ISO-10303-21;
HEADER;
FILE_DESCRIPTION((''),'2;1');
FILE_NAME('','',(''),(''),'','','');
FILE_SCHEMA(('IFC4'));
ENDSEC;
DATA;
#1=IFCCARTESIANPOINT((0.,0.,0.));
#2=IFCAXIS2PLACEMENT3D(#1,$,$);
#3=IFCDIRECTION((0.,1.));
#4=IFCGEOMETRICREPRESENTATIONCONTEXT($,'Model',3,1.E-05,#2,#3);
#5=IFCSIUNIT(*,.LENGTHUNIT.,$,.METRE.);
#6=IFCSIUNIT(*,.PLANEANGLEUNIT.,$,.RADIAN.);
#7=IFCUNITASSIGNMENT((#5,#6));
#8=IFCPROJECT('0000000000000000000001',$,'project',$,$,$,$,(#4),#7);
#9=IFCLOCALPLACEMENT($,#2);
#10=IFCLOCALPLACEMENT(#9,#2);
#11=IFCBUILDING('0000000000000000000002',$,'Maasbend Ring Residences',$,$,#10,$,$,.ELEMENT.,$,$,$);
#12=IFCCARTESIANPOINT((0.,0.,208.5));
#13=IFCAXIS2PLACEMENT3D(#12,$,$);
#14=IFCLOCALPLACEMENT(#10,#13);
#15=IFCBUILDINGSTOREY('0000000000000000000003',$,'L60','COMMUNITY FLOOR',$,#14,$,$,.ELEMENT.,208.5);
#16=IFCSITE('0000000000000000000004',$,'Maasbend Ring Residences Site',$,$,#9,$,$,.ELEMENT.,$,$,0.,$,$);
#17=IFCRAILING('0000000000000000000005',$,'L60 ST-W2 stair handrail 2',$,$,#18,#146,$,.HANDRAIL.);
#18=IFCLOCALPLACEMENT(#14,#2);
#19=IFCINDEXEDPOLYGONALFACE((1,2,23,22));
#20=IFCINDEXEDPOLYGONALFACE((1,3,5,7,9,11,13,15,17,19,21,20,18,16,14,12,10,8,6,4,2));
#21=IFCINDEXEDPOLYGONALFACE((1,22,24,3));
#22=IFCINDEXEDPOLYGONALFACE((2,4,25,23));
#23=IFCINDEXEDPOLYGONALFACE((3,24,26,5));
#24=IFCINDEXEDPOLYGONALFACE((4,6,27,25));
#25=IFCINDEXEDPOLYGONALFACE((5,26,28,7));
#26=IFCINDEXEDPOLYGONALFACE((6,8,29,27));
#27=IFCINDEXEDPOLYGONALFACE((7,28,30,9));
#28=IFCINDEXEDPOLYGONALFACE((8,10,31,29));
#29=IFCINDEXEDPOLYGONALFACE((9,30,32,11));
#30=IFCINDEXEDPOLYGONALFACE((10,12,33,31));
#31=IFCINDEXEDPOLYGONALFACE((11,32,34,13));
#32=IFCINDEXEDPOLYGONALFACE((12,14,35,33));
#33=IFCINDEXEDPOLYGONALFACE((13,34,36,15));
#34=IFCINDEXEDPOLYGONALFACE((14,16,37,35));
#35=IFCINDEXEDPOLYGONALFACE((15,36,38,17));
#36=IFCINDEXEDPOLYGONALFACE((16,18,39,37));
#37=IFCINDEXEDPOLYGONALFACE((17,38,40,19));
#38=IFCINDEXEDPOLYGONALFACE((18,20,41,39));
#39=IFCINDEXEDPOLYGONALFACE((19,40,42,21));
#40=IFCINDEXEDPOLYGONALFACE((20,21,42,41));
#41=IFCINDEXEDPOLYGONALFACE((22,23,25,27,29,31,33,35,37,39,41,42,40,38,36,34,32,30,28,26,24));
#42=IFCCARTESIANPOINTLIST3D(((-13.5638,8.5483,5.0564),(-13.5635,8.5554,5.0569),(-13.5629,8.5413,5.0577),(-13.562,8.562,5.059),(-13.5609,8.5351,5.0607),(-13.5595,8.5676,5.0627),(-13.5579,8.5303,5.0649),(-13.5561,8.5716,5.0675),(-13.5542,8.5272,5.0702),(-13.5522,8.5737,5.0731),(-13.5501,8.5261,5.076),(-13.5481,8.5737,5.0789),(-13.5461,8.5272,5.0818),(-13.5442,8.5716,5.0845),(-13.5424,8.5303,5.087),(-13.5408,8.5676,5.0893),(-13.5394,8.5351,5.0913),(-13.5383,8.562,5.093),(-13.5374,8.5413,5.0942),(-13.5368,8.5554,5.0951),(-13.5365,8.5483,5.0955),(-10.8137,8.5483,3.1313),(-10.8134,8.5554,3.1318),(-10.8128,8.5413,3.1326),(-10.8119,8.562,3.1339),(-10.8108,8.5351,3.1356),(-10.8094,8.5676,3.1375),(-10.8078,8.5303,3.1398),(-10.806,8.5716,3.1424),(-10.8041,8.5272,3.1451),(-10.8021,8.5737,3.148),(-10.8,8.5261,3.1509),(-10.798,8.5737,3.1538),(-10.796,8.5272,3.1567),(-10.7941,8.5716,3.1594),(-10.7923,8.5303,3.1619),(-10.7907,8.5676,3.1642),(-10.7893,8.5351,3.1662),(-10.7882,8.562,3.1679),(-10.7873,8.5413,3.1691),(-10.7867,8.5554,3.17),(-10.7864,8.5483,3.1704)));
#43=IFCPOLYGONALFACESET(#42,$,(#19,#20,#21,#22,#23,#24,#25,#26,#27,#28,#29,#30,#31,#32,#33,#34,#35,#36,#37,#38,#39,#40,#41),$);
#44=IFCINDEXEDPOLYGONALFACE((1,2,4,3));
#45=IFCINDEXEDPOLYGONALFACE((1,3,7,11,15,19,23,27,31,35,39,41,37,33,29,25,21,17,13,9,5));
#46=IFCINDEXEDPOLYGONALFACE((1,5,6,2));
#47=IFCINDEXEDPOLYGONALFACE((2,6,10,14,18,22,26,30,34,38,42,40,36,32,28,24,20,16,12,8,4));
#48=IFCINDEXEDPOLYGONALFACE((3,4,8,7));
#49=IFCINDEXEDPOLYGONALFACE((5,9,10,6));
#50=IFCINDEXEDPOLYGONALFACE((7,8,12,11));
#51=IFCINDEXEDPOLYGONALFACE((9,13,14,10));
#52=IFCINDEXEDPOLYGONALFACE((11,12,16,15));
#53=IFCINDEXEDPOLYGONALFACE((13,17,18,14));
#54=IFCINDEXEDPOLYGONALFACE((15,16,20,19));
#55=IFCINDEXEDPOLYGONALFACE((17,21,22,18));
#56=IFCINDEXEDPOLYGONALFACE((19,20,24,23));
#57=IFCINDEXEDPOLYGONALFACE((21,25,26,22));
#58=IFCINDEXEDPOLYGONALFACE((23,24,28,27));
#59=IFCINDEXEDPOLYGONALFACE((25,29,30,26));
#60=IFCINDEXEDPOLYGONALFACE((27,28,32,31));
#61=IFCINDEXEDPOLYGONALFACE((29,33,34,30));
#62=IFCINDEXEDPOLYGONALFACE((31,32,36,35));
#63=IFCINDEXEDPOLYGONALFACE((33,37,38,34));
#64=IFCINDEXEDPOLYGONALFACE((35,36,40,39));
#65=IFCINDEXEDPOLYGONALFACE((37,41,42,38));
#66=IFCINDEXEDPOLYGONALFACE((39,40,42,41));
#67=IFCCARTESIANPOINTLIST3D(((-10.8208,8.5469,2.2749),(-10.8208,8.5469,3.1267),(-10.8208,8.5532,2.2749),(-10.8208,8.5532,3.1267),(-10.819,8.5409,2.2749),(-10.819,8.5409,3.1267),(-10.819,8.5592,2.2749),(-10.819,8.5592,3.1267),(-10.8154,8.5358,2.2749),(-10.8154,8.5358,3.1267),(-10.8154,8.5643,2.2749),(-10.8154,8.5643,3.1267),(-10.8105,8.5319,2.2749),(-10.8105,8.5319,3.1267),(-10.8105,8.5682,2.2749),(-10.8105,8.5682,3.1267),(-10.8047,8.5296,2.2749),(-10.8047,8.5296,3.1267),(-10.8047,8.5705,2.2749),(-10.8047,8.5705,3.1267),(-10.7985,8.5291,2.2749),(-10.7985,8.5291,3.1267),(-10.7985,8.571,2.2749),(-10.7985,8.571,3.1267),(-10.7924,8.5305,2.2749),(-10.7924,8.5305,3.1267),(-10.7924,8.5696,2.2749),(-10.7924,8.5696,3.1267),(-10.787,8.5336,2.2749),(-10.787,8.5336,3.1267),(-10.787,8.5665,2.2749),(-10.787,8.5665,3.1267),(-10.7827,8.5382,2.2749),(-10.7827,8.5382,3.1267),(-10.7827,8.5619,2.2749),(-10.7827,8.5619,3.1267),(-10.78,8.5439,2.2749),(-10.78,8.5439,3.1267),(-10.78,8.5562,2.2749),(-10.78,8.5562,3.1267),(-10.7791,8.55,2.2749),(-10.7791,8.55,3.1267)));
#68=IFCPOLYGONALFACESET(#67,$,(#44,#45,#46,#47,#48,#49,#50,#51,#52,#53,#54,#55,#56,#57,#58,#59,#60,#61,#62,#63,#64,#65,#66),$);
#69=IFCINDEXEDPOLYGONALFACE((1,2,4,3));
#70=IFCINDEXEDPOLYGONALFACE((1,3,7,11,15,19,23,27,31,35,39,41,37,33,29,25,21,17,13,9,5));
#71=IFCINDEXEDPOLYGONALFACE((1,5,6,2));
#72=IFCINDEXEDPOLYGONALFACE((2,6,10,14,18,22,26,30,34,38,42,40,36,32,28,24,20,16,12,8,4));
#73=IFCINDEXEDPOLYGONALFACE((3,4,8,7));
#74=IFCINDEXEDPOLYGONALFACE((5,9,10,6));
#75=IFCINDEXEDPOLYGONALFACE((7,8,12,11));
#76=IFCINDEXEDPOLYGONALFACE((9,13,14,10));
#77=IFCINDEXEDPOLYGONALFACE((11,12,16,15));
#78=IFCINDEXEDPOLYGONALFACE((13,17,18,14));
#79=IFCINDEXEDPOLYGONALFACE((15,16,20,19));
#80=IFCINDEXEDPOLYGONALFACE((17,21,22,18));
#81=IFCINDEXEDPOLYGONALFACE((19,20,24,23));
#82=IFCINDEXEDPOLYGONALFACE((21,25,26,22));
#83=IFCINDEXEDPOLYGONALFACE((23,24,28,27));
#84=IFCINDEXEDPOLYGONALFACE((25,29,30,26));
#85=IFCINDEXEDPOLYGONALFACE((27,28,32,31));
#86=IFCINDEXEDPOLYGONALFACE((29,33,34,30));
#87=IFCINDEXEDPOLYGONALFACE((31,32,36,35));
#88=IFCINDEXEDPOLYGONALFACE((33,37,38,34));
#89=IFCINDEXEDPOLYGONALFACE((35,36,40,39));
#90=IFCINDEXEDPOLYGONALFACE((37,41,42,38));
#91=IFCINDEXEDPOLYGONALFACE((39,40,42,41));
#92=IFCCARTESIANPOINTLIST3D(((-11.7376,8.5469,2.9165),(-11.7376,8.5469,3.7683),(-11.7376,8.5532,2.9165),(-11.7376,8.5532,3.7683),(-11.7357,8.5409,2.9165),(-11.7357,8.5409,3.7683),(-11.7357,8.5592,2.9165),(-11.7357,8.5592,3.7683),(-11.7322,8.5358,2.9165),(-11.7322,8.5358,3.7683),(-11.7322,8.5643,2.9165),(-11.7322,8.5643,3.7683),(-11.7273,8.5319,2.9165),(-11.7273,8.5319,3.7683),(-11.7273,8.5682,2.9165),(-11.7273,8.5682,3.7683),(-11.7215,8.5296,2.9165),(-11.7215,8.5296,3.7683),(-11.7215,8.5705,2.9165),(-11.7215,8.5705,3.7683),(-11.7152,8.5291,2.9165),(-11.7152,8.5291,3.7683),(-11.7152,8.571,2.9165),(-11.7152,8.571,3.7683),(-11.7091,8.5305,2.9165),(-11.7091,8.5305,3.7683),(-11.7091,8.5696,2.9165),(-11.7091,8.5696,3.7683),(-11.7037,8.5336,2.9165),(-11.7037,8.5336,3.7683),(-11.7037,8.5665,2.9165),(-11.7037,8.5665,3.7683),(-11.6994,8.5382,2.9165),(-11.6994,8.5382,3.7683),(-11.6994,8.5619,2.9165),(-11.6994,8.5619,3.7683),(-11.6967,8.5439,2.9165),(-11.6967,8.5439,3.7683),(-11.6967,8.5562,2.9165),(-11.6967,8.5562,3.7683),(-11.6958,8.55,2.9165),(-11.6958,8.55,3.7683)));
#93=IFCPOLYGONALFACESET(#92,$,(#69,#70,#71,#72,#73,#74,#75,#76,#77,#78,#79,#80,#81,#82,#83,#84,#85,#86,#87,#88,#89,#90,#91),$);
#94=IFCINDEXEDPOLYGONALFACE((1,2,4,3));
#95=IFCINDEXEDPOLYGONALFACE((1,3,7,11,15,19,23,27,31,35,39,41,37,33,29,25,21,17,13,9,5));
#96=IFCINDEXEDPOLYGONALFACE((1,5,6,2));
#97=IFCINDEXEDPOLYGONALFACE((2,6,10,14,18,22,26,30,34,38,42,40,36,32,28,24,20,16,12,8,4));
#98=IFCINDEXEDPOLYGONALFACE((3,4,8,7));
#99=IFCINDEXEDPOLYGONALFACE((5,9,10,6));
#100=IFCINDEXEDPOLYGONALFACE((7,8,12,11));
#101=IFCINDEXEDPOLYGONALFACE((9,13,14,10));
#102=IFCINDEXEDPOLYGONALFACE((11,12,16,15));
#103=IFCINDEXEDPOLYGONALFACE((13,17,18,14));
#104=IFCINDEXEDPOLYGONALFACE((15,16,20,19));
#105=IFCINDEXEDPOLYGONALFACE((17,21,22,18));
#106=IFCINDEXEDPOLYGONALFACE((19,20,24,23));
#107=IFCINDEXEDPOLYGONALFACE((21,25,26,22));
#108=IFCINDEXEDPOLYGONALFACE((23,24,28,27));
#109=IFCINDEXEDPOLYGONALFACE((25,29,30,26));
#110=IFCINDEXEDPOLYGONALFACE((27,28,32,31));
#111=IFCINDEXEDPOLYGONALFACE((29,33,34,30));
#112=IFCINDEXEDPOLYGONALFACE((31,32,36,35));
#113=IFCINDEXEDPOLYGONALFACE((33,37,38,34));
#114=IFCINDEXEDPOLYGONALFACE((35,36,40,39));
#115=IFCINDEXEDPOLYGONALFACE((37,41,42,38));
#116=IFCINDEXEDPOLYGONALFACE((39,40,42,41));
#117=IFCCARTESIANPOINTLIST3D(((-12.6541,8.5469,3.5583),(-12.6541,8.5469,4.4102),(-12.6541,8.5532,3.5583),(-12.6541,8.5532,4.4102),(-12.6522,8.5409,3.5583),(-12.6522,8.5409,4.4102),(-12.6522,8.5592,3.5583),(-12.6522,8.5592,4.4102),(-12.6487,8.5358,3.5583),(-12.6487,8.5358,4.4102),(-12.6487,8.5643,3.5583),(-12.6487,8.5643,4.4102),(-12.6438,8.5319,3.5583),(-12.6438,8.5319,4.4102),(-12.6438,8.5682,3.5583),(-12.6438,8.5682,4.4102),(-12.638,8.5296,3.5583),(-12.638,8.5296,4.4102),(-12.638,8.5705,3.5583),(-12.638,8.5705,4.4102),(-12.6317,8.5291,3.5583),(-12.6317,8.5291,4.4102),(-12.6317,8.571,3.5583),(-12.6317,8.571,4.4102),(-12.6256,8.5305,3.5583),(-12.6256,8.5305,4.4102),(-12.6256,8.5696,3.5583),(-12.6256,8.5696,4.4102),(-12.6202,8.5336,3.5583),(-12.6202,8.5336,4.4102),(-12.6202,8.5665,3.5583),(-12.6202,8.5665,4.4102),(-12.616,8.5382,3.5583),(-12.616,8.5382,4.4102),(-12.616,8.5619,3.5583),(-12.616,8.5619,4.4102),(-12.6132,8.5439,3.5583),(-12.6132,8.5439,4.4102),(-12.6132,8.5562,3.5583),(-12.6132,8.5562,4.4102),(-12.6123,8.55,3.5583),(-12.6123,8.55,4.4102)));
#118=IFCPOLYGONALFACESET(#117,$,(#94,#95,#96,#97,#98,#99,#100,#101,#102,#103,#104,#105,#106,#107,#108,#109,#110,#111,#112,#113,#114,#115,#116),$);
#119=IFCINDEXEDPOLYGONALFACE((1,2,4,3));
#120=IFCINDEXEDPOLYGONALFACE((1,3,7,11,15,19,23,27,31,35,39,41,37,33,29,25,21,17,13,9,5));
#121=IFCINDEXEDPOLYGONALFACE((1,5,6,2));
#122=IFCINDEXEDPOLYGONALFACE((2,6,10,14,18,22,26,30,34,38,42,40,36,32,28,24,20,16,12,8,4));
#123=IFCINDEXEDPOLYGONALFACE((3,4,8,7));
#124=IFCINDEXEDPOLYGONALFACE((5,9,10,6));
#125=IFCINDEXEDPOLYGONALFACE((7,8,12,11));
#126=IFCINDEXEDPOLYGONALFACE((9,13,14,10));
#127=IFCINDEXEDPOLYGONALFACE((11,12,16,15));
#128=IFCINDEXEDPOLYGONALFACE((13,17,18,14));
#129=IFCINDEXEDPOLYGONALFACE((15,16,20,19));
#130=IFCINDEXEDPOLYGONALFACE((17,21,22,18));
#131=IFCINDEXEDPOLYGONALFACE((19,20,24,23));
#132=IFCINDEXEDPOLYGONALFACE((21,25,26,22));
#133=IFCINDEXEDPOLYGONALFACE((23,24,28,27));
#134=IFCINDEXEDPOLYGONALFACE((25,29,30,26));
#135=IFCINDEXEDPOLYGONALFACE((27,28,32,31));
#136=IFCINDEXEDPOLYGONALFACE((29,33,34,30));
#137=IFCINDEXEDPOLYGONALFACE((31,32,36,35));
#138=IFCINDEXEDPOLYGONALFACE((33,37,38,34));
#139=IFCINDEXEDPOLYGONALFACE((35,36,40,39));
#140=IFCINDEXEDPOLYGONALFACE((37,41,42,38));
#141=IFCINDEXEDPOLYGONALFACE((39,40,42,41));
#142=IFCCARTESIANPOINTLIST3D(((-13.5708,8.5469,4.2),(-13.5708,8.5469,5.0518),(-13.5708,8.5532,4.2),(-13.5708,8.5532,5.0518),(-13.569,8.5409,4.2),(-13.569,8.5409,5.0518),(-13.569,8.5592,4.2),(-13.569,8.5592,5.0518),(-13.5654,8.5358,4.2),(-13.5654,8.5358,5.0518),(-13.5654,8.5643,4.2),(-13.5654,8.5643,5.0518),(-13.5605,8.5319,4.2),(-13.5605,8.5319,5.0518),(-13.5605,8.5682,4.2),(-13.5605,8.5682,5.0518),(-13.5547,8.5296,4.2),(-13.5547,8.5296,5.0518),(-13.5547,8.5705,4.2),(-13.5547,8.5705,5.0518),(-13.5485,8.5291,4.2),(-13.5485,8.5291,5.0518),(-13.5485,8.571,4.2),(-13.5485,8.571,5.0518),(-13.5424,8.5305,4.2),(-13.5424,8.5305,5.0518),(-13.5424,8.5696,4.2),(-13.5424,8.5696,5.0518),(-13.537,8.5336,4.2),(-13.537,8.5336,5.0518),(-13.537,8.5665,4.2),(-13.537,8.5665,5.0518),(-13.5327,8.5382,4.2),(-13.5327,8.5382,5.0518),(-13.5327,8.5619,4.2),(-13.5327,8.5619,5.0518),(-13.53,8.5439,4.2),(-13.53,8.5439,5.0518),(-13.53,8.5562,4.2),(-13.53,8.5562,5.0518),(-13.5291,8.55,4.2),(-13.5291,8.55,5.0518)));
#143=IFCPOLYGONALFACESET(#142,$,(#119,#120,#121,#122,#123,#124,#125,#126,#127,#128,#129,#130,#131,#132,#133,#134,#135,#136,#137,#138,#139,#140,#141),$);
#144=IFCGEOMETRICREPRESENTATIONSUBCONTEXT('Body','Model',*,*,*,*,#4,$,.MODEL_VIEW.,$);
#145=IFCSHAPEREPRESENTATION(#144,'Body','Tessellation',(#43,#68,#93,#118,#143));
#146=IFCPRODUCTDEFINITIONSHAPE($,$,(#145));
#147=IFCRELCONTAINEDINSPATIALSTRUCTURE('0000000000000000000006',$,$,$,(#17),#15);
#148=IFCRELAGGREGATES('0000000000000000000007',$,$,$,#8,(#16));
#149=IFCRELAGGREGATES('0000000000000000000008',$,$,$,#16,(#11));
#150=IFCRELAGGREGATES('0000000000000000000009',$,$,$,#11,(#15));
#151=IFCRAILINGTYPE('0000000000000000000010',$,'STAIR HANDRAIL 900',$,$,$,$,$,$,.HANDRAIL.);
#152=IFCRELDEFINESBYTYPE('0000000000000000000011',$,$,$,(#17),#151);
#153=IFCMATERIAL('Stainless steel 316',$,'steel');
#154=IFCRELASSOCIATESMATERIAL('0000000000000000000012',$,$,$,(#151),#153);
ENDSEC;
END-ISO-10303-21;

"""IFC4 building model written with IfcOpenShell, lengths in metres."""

from ifc_helpers import new_model, si_unit, direction, frame, origin, origin_2d, place, context, subcontext, project, spatial, circle, extrude, material, type_object, element, save


model = new_model("IFC4")

# Units and contexts
model_context = context("Model", 3, precision=1e-05, world=origin(), true_north=direction((0.0, 1.0)))
body_context = subcontext(model_context, "Body", "Model", "MODEL_VIEW")
ifc_project = project(units=[si_unit("LENGTHUNIT", "METRE"), si_unit("PLANEANGLEUNIT", "RADIAN")], contexts=[model_context])

# Site, building, storey
site_placement = place(None, origin())
site = spatial("IfcSite", under=ifc_project, at=site_placement, Name="Maasbend Ring Residences Site", CompositionType="ELEMENT", RefElevation=0.0)
building_placement = place(site_placement, origin())
building = spatial("IfcBuilding", under=site, at=building_placement, Name="Maasbend Ring Residences", CompositionType="ELEMENT")
storey_placement = place(building_placement, frame((0.0, 0.0, 208.5)))
storey = spatial("IfcBuildingStorey", under=building, at=storey_placement, Name="L60", Description="COMMUNITY FLOOR", CompositionType="ELEMENT", Elevation=208.5)

# Railing
ifc_material_1 = material(Name="Stainless steel 316", Category="steel")
railing_type = type_object("IfcRailingType", Name="STAIR HANDRAIL 900", PredefinedType="HANDRAIL", material=ifc_material_1)
railing_placement = place(storey_placement, frame((-10.8, 8.55, 2.2749)))
element("IfcRailing", 1, at=railing_placement, inside=storey, type_object=railing_type, Name="L60 ST-W2 stair handrail 2", PredefinedType="HANDRAIL", context=body_context, shape_type="SweptSolid", body=[
    extrude(circle(Radius=0.0239, at=origin_2d()), frame((0.0, 0.0, 0.876), z_axis=(-0.819225, 0.0, 0.573472), x_axis=(0.0, -1.0, 0.0)), (0.0, 0.0, 1.0), 3.3569),
    extrude(circle(Radius=0.021, at=origin_2d()), origin(), (0.0, 0.0, 1.0), 0.8518),
    extrude(circle(Radius=0.021, at=origin_2d()), frame((-0.9167, 0.0, 0.6416)), (0.0, 0.0, 1.0), 0.8518),
    extrude(circle(Radius=0.021, at=origin_2d()), frame((-1.8333, 0.0, 1.2834)), (0.0, 0.0, 1.0), 0.8518),
    extrude(circle(Radius=0.021, at=origin_2d()), frame((-2.75, 0.0, 1.925)), (0.0, 0.0, 1.0), 0.8518),
])

save(model, "model.ifc")
